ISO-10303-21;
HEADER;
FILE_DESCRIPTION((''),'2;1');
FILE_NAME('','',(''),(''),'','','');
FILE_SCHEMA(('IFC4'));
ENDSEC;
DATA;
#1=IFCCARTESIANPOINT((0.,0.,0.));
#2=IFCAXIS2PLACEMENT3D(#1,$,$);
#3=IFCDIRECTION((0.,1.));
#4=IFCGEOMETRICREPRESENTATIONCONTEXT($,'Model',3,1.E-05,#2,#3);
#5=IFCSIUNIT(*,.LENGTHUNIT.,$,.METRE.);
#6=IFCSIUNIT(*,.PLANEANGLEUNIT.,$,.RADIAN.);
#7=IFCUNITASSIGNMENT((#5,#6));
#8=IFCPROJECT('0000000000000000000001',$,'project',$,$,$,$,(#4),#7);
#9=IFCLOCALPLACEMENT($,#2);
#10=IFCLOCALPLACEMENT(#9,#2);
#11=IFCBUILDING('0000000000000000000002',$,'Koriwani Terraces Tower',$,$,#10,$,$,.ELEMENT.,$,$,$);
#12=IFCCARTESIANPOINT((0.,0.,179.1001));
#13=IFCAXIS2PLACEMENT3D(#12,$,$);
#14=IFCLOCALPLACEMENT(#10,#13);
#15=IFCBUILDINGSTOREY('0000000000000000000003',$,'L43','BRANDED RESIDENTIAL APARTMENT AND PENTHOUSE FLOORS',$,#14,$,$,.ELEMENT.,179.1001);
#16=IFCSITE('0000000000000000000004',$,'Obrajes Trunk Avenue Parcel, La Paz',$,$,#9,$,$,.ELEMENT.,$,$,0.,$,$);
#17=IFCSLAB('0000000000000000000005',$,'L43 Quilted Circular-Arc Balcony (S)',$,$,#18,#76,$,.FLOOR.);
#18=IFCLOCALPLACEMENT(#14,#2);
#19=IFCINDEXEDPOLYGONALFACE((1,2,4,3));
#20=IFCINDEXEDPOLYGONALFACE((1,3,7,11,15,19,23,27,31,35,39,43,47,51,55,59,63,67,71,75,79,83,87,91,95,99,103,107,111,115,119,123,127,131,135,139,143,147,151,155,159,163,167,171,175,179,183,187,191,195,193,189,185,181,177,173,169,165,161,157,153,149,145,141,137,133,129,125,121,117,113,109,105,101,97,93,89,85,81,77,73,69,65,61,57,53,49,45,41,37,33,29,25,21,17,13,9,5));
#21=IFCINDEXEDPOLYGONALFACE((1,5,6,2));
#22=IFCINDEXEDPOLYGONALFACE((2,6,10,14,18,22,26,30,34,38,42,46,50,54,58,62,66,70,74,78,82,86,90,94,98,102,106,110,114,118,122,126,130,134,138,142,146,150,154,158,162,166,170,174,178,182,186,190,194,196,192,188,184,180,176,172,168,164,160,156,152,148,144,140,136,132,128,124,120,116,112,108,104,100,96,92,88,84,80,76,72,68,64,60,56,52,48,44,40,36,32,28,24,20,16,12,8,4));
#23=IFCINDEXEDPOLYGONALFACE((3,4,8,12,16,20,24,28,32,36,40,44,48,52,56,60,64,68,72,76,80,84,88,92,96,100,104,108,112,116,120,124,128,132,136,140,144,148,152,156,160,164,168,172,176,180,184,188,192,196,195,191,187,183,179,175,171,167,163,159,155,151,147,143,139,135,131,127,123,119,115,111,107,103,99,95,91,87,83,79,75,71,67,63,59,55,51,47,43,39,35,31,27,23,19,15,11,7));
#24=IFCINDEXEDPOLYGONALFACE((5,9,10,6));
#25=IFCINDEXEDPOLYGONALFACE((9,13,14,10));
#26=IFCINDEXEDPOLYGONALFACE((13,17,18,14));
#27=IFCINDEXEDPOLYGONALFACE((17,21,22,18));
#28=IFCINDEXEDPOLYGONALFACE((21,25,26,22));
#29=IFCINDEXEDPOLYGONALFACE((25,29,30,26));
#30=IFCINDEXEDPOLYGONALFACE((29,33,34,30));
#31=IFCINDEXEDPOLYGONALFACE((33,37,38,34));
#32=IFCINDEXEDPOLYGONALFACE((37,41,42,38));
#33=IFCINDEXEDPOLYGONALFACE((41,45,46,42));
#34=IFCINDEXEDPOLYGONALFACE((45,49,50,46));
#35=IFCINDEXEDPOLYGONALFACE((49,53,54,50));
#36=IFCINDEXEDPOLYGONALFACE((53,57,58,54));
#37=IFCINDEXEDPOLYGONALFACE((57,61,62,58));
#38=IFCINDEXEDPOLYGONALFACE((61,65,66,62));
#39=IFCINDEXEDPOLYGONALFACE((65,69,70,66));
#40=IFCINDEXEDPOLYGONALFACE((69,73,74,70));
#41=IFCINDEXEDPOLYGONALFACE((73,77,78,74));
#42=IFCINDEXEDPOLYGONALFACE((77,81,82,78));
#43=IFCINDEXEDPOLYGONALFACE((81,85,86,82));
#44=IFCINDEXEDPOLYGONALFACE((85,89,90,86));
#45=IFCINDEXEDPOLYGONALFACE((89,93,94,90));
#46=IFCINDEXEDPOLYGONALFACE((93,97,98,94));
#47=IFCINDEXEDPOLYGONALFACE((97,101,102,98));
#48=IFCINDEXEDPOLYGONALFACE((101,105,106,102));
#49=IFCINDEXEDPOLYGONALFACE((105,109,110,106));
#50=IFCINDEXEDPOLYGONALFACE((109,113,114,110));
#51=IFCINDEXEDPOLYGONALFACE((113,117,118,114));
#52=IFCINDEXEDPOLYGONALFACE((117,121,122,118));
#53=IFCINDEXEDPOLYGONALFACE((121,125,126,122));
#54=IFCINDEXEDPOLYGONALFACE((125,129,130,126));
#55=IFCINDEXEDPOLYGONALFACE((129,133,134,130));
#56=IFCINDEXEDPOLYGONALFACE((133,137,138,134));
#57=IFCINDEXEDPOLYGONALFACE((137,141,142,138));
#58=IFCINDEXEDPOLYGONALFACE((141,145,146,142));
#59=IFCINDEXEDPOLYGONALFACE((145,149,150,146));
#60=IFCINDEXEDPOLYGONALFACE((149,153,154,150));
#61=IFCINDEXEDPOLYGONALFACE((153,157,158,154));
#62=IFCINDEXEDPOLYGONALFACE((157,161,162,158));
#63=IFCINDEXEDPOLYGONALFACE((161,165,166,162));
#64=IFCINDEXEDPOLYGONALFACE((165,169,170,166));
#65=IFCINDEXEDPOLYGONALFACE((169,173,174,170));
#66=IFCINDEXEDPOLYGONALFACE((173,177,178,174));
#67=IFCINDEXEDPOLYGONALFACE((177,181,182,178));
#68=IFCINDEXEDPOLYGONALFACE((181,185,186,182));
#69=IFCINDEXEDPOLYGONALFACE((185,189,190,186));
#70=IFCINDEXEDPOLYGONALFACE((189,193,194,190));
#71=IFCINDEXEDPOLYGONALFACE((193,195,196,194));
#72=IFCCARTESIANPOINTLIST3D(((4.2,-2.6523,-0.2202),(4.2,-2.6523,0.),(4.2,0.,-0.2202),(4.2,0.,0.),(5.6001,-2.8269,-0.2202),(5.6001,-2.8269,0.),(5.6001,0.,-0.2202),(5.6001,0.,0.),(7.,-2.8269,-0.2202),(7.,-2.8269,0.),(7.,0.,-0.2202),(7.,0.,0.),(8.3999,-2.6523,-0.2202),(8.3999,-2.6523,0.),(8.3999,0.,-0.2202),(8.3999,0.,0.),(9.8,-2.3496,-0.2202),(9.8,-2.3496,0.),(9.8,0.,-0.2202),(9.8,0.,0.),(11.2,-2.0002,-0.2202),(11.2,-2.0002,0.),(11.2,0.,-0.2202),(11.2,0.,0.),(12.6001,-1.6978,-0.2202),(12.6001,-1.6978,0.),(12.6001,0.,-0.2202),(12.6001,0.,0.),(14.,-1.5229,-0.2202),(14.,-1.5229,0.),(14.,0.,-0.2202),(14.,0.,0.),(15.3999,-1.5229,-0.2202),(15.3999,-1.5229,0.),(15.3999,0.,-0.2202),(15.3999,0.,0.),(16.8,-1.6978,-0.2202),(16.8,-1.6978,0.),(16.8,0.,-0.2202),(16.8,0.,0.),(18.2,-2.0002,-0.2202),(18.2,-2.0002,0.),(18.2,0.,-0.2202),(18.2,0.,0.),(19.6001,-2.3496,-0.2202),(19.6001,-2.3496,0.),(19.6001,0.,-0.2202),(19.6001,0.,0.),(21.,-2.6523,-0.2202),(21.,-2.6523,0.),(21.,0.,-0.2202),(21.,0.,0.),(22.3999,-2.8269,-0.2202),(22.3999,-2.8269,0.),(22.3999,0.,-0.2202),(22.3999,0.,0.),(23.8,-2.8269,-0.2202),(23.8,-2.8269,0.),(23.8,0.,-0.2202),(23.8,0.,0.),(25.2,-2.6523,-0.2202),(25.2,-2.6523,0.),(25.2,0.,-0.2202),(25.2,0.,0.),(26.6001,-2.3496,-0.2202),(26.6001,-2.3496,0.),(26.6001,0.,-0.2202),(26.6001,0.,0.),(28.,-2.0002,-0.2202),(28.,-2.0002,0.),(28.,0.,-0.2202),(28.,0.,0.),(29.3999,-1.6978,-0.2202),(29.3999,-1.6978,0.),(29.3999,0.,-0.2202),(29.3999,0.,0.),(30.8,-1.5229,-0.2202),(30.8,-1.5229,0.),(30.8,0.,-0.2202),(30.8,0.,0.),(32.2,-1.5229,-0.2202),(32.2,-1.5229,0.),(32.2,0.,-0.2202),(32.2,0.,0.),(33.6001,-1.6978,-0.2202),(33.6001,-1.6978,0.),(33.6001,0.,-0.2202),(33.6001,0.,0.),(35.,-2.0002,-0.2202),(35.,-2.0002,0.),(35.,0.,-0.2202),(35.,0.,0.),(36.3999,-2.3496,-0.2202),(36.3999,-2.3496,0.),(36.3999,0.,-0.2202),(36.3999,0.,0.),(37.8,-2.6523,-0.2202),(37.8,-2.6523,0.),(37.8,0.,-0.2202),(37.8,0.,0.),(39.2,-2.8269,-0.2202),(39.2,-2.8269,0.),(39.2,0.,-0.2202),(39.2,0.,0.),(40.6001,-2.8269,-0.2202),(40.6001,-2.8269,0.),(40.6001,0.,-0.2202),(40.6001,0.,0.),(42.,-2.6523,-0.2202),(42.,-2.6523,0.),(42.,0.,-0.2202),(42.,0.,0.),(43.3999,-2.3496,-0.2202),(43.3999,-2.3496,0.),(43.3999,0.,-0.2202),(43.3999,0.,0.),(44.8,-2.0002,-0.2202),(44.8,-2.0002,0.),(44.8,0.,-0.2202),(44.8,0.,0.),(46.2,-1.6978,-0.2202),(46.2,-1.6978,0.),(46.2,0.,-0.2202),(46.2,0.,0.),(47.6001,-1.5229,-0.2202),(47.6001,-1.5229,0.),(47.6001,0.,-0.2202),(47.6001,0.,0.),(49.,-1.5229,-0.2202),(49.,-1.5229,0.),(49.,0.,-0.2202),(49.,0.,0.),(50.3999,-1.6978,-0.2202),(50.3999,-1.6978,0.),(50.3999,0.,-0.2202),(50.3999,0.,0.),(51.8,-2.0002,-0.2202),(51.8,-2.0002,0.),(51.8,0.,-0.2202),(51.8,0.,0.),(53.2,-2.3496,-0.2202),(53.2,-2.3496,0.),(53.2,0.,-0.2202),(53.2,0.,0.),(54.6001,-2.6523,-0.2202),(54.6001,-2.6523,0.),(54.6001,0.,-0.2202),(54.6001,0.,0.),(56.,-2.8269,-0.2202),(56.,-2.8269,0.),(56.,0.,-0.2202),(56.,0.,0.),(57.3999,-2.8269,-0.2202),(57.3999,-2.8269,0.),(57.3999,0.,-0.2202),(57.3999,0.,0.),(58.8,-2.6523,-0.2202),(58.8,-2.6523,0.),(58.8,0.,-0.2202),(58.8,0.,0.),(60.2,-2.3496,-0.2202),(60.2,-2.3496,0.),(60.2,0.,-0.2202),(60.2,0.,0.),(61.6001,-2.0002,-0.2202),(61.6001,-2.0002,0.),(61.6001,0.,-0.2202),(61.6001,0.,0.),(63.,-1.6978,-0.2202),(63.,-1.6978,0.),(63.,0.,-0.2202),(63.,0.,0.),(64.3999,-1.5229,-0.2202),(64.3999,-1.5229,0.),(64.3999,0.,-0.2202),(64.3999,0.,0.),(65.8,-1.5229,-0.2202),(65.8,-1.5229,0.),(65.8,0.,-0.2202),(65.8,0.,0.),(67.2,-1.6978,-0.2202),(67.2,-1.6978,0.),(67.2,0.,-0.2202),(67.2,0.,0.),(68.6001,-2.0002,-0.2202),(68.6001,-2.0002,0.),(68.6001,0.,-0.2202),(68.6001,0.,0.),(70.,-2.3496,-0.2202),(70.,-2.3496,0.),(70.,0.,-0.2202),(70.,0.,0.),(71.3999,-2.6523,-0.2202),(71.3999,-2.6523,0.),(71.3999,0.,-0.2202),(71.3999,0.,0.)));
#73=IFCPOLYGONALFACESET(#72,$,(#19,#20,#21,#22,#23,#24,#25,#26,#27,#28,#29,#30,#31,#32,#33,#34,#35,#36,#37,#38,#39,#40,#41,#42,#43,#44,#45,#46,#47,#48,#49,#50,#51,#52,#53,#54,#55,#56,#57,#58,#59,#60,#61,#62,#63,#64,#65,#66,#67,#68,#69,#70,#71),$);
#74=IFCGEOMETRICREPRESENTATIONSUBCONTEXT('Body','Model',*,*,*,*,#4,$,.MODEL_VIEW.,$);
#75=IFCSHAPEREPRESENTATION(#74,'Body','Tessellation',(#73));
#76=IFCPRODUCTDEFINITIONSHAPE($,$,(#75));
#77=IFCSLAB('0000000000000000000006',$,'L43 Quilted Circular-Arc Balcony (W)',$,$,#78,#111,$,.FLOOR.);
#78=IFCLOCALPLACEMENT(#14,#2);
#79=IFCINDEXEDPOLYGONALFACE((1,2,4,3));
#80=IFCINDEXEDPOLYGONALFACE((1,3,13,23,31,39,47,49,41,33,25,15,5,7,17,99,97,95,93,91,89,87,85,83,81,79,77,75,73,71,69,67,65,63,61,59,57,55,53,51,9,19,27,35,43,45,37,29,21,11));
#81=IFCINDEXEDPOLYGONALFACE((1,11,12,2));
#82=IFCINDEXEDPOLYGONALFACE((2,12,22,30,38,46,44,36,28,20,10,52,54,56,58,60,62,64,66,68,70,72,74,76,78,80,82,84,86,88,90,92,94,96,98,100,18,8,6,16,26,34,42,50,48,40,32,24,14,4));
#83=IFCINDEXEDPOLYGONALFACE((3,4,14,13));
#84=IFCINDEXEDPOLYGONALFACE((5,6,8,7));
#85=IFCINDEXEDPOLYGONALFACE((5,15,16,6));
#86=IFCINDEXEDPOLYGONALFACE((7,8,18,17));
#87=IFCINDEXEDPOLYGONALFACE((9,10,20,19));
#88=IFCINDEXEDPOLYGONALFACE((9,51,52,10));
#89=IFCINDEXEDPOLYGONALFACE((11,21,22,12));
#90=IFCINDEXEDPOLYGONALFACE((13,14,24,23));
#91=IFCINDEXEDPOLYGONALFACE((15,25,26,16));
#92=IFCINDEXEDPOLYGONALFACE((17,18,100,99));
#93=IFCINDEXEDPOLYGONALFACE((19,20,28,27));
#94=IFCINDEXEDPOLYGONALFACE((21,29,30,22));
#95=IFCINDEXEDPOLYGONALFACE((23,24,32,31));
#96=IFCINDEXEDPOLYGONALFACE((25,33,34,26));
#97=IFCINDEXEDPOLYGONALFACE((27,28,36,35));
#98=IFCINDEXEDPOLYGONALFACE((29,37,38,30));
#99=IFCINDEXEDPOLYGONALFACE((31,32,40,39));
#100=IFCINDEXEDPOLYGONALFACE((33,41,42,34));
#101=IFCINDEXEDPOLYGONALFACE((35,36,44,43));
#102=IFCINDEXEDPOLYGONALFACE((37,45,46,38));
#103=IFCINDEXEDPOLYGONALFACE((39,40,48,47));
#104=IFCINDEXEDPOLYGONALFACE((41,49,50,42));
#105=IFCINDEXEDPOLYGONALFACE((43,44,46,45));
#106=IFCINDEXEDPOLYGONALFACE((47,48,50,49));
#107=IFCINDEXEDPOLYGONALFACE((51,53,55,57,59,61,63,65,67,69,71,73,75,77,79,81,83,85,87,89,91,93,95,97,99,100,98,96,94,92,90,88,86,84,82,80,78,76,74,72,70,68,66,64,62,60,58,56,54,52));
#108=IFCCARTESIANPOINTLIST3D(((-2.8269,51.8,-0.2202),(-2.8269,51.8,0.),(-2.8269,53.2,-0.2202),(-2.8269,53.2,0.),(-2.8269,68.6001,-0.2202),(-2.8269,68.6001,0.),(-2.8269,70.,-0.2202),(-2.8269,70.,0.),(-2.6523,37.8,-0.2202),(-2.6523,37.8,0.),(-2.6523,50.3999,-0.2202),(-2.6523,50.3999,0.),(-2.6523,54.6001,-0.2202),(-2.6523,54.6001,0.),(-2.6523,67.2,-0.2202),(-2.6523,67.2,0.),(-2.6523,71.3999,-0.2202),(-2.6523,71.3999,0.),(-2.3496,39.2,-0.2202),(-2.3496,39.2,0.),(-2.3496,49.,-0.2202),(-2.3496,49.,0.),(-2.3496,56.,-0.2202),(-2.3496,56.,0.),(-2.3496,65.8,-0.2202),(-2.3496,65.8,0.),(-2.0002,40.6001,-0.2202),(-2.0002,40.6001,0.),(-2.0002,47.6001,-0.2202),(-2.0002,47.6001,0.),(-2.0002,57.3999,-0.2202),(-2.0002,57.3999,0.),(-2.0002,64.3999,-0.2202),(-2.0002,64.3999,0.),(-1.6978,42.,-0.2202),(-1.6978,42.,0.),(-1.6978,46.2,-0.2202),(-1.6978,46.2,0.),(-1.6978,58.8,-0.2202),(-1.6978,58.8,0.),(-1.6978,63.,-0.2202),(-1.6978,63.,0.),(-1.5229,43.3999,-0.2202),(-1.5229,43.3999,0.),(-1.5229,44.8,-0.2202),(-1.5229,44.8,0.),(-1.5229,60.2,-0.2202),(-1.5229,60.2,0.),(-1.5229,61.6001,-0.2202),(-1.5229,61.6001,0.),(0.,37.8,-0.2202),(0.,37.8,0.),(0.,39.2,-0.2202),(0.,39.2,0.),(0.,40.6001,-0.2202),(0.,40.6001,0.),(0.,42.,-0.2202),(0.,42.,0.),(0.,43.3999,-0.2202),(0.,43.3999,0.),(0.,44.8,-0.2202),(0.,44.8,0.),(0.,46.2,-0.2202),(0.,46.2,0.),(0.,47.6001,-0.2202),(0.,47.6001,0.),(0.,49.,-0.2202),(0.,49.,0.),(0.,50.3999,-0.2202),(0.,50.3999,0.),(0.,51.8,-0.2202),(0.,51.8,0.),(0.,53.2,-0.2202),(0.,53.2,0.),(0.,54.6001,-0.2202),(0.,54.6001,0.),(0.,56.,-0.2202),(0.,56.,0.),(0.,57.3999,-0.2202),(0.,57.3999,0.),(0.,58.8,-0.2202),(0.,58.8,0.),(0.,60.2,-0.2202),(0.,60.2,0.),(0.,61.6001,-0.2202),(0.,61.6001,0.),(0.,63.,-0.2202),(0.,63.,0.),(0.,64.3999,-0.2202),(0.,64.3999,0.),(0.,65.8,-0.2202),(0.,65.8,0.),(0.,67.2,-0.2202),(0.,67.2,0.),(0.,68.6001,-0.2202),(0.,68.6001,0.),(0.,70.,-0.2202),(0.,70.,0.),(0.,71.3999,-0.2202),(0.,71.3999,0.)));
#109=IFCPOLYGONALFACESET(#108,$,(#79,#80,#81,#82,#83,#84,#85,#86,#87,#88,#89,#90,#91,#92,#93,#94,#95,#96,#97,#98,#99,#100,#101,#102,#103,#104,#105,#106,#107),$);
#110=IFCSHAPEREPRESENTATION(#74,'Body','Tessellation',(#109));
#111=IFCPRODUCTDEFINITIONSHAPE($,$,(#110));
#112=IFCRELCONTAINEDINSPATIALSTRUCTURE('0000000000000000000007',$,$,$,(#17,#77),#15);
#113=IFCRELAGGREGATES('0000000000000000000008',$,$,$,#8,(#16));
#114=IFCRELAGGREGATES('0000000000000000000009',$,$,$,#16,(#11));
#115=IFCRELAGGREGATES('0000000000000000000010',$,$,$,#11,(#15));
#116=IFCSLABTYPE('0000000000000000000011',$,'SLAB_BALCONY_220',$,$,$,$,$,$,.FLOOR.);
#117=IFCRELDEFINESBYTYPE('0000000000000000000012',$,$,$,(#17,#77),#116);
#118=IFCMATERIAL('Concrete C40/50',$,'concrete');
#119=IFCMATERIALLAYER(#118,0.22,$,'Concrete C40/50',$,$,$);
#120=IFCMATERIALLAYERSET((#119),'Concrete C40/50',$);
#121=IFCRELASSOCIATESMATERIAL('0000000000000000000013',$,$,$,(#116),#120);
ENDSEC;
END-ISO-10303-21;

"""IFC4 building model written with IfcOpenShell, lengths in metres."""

from ifc_helpers import new_model, si_unit, direction, frame, origin, place, context, subcontext, project, spatial, polyline, outline, extrude, material, layer, layer_set, type_object, element, save


model = new_model("IFC4")

# Units and contexts
model_context = context("Model", 3, precision=1e-05, world=origin(), true_north=direction((0.0, 1.0)))
body_context = subcontext(model_context, "Body", "Model", "MODEL_VIEW")
ifc_project = project(units=[si_unit("LENGTHUNIT", "METRE"), si_unit("PLANEANGLEUNIT", "RADIAN")], contexts=[model_context])

# Site, building, storey
site_placement = place(None, origin())
site = spatial("IfcSite", under=ifc_project, at=site_placement, Name="Obrajes Trunk Avenue Parcel, La Paz", CompositionType="ELEMENT", RefElevation=0.0)
building_placement = place(site_placement, origin())
building = spatial("IfcBuilding", under=site, at=building_placement, Name="Koriwani Terraces Tower", CompositionType="ELEMENT")
storey_placement = place(building_placement, frame((0.0, 0.0, 179.1001)))
storey = spatial("IfcBuildingStorey", under=building, at=storey_placement, Name="L43", Description="BRANDED RESIDENTIAL APARTMENT AND PENTHOUSE FLOORS", CompositionType="ELEMENT", Elevation=179.1001)

# Shared definitions
ifc_material_1 = material(Name="Concrete C40/50", Category="concrete")

# Slabs
ifc_layer_1 = layer(ifc_material_1, 0.22, Name="Concrete C40/50")
ifc_layer_set_1 = layer_set([ifc_layer_1], Name="Concrete C40/50")
slab_type_1 = type_object("IfcSlabType", Name="SLAB_BALCONY_220", PredefinedType="FLOOR", material=ifc_layer_set_1)
slab_1_placement = place(storey_placement, frame((0.0, 0.0, -0.2202)))
element("IfcSlab", 1, at=slab_1_placement, inside=storey, type_object=slab_type_1, Name="L43 Quilted Circular-Arc Balcony (S)", PredefinedType="FLOOR", context=body_context, shape_type="SweptSolid", body=[
    extrude(outline(polyline([(4.2, 0.0), (5.6001, 0.0), (7.0, 0.0), (8.3999, 0.0), (9.8, 0.0), (11.2, 0.0), (12.6001, 0.0), (14.0, 0.0), (15.3999, 0.0), (16.8, 0.0), (18.2, 0.0), (19.6001, 0.0), (21.0, 0.0), (22.3999, 0.0), (23.8, 0.0), (25.2, 0.0), (26.6001, 0.0), (28.0, 0.0), (29.3999, 0.0), (30.8, 0.0), (32.2, 0.0), (33.6001, 0.0), (35.0, 0.0), (36.3999, 0.0), (37.8, 0.0), (39.2, 0.0), (40.6001, 0.0), (42.0, 0.0), (43.3999, 0.0), (44.8, 0.0), (46.2, 0.0), (47.6001, 0.0), (49.0, 0.0), (50.3999, 0.0), (51.8, 0.0), (53.2, 0.0), (54.6001, 0.0), (56.0, 0.0), (57.3999, 0.0), (58.8, 0.0), (60.2, 0.0), (61.6001, 0.0), (63.0, 0.0), (64.3999, 0.0), (65.8, 0.0), (67.2, 0.0), (68.6001, 0.0), (70.0, 0.0), (71.3999, 0.0), (71.3999, -2.6523), (70.0, -2.3496), (68.6001, -2.0002), (67.2, -1.6978), (65.8, -1.5229), (64.3999, -1.5229), (63.0, -1.6978), (61.6001, -2.0002), (60.2, -2.3496), (58.8, -2.6523), (57.3999, -2.8269), (56.0, -2.8269), (54.6001, -2.6523), (53.2, -2.3496), (51.8, -2.0002), (50.3999, -1.6978), (49.0, -1.5229), (47.6001, -1.5229), (46.2, -1.6978), (44.8, -2.0002), (43.3999, -2.3496), (42.0, -2.6523), (40.6001, -2.8269), (39.2, -2.8269), (37.8, -2.6523), (36.3999, -2.3496), (35.0, -2.0002), (33.6001, -1.6978), (32.2, -1.5229), (30.8, -1.5229), (29.3999, -1.6978), (28.0, -2.0002), (26.6001, -2.3496), (25.2, -2.6523), (23.8, -2.8269), (22.3999, -2.8269), (21.0, -2.6523), (19.6001, -2.3496), (18.2, -2.0002), (16.8, -1.6978), (15.3999, -1.5229), (14.0, -1.5229), (12.6001, -1.6978), (11.2, -2.0002), (9.8, -2.3496), (8.3999, -2.6523), (7.0, -2.8269), (5.6001, -2.8269), (4.2, -2.6523), (4.2, 0.0)])), origin(), (0.0, 0.0, 1.0), 0.2202),
])
slab_2_placement = place(storey_placement, frame((0.0, 0.0, -0.2202)))
element("IfcSlab", 2, at=slab_2_placement, inside=storey, type_object=slab_type_1, Name="L43 Quilted Circular-Arc Balcony (W)", PredefinedType="FLOOR", context=body_context, shape_type="SweptSolid", body=[
    extrude(outline(polyline([(0.0, 37.8), (0.0, 39.2), (0.0, 40.6001), (0.0, 42.0), (0.0, 43.3999), (0.0, 44.8), (0.0, 46.2), (0.0, 47.6001), (0.0, 49.0), (0.0, 50.3999), (0.0, 51.8), (0.0, 53.2), (0.0, 54.6001), (0.0, 56.0), (0.0, 57.3999), (0.0, 58.8), (0.0, 60.2), (0.0, 61.6001), (0.0, 63.0), (0.0, 64.3999), (0.0, 65.8), (0.0, 67.2), (0.0, 68.6001), (0.0, 70.0), (0.0, 71.3999), (-2.6523, 71.3999), (-2.8269, 70.0), (-2.8269, 68.6001), (-2.6523, 67.2), (-2.3496, 65.8), (-2.0002, 64.3999), (-1.6978, 63.0), (-1.5229, 61.6001), (-1.5229, 60.2), (-1.6978, 58.8), (-2.0002, 57.3999), (-2.3496, 56.0), (-2.6523, 54.6001), (-2.8269, 53.2), (-2.8269, 51.8), (-2.6523, 50.3999), (-2.3496, 49.0), (-2.0002, 47.6001), (-1.6978, 46.2), (-1.5229, 44.8), (-1.5229, 43.3999), (-1.6978, 42.0), (-2.0002, 40.6001), (-2.3496, 39.2), (-2.6523, 37.8), (0.0, 37.8)])), origin(), (0.0, 0.0, 1.0), 0.2202),
])

save(model, "model.ifc")
